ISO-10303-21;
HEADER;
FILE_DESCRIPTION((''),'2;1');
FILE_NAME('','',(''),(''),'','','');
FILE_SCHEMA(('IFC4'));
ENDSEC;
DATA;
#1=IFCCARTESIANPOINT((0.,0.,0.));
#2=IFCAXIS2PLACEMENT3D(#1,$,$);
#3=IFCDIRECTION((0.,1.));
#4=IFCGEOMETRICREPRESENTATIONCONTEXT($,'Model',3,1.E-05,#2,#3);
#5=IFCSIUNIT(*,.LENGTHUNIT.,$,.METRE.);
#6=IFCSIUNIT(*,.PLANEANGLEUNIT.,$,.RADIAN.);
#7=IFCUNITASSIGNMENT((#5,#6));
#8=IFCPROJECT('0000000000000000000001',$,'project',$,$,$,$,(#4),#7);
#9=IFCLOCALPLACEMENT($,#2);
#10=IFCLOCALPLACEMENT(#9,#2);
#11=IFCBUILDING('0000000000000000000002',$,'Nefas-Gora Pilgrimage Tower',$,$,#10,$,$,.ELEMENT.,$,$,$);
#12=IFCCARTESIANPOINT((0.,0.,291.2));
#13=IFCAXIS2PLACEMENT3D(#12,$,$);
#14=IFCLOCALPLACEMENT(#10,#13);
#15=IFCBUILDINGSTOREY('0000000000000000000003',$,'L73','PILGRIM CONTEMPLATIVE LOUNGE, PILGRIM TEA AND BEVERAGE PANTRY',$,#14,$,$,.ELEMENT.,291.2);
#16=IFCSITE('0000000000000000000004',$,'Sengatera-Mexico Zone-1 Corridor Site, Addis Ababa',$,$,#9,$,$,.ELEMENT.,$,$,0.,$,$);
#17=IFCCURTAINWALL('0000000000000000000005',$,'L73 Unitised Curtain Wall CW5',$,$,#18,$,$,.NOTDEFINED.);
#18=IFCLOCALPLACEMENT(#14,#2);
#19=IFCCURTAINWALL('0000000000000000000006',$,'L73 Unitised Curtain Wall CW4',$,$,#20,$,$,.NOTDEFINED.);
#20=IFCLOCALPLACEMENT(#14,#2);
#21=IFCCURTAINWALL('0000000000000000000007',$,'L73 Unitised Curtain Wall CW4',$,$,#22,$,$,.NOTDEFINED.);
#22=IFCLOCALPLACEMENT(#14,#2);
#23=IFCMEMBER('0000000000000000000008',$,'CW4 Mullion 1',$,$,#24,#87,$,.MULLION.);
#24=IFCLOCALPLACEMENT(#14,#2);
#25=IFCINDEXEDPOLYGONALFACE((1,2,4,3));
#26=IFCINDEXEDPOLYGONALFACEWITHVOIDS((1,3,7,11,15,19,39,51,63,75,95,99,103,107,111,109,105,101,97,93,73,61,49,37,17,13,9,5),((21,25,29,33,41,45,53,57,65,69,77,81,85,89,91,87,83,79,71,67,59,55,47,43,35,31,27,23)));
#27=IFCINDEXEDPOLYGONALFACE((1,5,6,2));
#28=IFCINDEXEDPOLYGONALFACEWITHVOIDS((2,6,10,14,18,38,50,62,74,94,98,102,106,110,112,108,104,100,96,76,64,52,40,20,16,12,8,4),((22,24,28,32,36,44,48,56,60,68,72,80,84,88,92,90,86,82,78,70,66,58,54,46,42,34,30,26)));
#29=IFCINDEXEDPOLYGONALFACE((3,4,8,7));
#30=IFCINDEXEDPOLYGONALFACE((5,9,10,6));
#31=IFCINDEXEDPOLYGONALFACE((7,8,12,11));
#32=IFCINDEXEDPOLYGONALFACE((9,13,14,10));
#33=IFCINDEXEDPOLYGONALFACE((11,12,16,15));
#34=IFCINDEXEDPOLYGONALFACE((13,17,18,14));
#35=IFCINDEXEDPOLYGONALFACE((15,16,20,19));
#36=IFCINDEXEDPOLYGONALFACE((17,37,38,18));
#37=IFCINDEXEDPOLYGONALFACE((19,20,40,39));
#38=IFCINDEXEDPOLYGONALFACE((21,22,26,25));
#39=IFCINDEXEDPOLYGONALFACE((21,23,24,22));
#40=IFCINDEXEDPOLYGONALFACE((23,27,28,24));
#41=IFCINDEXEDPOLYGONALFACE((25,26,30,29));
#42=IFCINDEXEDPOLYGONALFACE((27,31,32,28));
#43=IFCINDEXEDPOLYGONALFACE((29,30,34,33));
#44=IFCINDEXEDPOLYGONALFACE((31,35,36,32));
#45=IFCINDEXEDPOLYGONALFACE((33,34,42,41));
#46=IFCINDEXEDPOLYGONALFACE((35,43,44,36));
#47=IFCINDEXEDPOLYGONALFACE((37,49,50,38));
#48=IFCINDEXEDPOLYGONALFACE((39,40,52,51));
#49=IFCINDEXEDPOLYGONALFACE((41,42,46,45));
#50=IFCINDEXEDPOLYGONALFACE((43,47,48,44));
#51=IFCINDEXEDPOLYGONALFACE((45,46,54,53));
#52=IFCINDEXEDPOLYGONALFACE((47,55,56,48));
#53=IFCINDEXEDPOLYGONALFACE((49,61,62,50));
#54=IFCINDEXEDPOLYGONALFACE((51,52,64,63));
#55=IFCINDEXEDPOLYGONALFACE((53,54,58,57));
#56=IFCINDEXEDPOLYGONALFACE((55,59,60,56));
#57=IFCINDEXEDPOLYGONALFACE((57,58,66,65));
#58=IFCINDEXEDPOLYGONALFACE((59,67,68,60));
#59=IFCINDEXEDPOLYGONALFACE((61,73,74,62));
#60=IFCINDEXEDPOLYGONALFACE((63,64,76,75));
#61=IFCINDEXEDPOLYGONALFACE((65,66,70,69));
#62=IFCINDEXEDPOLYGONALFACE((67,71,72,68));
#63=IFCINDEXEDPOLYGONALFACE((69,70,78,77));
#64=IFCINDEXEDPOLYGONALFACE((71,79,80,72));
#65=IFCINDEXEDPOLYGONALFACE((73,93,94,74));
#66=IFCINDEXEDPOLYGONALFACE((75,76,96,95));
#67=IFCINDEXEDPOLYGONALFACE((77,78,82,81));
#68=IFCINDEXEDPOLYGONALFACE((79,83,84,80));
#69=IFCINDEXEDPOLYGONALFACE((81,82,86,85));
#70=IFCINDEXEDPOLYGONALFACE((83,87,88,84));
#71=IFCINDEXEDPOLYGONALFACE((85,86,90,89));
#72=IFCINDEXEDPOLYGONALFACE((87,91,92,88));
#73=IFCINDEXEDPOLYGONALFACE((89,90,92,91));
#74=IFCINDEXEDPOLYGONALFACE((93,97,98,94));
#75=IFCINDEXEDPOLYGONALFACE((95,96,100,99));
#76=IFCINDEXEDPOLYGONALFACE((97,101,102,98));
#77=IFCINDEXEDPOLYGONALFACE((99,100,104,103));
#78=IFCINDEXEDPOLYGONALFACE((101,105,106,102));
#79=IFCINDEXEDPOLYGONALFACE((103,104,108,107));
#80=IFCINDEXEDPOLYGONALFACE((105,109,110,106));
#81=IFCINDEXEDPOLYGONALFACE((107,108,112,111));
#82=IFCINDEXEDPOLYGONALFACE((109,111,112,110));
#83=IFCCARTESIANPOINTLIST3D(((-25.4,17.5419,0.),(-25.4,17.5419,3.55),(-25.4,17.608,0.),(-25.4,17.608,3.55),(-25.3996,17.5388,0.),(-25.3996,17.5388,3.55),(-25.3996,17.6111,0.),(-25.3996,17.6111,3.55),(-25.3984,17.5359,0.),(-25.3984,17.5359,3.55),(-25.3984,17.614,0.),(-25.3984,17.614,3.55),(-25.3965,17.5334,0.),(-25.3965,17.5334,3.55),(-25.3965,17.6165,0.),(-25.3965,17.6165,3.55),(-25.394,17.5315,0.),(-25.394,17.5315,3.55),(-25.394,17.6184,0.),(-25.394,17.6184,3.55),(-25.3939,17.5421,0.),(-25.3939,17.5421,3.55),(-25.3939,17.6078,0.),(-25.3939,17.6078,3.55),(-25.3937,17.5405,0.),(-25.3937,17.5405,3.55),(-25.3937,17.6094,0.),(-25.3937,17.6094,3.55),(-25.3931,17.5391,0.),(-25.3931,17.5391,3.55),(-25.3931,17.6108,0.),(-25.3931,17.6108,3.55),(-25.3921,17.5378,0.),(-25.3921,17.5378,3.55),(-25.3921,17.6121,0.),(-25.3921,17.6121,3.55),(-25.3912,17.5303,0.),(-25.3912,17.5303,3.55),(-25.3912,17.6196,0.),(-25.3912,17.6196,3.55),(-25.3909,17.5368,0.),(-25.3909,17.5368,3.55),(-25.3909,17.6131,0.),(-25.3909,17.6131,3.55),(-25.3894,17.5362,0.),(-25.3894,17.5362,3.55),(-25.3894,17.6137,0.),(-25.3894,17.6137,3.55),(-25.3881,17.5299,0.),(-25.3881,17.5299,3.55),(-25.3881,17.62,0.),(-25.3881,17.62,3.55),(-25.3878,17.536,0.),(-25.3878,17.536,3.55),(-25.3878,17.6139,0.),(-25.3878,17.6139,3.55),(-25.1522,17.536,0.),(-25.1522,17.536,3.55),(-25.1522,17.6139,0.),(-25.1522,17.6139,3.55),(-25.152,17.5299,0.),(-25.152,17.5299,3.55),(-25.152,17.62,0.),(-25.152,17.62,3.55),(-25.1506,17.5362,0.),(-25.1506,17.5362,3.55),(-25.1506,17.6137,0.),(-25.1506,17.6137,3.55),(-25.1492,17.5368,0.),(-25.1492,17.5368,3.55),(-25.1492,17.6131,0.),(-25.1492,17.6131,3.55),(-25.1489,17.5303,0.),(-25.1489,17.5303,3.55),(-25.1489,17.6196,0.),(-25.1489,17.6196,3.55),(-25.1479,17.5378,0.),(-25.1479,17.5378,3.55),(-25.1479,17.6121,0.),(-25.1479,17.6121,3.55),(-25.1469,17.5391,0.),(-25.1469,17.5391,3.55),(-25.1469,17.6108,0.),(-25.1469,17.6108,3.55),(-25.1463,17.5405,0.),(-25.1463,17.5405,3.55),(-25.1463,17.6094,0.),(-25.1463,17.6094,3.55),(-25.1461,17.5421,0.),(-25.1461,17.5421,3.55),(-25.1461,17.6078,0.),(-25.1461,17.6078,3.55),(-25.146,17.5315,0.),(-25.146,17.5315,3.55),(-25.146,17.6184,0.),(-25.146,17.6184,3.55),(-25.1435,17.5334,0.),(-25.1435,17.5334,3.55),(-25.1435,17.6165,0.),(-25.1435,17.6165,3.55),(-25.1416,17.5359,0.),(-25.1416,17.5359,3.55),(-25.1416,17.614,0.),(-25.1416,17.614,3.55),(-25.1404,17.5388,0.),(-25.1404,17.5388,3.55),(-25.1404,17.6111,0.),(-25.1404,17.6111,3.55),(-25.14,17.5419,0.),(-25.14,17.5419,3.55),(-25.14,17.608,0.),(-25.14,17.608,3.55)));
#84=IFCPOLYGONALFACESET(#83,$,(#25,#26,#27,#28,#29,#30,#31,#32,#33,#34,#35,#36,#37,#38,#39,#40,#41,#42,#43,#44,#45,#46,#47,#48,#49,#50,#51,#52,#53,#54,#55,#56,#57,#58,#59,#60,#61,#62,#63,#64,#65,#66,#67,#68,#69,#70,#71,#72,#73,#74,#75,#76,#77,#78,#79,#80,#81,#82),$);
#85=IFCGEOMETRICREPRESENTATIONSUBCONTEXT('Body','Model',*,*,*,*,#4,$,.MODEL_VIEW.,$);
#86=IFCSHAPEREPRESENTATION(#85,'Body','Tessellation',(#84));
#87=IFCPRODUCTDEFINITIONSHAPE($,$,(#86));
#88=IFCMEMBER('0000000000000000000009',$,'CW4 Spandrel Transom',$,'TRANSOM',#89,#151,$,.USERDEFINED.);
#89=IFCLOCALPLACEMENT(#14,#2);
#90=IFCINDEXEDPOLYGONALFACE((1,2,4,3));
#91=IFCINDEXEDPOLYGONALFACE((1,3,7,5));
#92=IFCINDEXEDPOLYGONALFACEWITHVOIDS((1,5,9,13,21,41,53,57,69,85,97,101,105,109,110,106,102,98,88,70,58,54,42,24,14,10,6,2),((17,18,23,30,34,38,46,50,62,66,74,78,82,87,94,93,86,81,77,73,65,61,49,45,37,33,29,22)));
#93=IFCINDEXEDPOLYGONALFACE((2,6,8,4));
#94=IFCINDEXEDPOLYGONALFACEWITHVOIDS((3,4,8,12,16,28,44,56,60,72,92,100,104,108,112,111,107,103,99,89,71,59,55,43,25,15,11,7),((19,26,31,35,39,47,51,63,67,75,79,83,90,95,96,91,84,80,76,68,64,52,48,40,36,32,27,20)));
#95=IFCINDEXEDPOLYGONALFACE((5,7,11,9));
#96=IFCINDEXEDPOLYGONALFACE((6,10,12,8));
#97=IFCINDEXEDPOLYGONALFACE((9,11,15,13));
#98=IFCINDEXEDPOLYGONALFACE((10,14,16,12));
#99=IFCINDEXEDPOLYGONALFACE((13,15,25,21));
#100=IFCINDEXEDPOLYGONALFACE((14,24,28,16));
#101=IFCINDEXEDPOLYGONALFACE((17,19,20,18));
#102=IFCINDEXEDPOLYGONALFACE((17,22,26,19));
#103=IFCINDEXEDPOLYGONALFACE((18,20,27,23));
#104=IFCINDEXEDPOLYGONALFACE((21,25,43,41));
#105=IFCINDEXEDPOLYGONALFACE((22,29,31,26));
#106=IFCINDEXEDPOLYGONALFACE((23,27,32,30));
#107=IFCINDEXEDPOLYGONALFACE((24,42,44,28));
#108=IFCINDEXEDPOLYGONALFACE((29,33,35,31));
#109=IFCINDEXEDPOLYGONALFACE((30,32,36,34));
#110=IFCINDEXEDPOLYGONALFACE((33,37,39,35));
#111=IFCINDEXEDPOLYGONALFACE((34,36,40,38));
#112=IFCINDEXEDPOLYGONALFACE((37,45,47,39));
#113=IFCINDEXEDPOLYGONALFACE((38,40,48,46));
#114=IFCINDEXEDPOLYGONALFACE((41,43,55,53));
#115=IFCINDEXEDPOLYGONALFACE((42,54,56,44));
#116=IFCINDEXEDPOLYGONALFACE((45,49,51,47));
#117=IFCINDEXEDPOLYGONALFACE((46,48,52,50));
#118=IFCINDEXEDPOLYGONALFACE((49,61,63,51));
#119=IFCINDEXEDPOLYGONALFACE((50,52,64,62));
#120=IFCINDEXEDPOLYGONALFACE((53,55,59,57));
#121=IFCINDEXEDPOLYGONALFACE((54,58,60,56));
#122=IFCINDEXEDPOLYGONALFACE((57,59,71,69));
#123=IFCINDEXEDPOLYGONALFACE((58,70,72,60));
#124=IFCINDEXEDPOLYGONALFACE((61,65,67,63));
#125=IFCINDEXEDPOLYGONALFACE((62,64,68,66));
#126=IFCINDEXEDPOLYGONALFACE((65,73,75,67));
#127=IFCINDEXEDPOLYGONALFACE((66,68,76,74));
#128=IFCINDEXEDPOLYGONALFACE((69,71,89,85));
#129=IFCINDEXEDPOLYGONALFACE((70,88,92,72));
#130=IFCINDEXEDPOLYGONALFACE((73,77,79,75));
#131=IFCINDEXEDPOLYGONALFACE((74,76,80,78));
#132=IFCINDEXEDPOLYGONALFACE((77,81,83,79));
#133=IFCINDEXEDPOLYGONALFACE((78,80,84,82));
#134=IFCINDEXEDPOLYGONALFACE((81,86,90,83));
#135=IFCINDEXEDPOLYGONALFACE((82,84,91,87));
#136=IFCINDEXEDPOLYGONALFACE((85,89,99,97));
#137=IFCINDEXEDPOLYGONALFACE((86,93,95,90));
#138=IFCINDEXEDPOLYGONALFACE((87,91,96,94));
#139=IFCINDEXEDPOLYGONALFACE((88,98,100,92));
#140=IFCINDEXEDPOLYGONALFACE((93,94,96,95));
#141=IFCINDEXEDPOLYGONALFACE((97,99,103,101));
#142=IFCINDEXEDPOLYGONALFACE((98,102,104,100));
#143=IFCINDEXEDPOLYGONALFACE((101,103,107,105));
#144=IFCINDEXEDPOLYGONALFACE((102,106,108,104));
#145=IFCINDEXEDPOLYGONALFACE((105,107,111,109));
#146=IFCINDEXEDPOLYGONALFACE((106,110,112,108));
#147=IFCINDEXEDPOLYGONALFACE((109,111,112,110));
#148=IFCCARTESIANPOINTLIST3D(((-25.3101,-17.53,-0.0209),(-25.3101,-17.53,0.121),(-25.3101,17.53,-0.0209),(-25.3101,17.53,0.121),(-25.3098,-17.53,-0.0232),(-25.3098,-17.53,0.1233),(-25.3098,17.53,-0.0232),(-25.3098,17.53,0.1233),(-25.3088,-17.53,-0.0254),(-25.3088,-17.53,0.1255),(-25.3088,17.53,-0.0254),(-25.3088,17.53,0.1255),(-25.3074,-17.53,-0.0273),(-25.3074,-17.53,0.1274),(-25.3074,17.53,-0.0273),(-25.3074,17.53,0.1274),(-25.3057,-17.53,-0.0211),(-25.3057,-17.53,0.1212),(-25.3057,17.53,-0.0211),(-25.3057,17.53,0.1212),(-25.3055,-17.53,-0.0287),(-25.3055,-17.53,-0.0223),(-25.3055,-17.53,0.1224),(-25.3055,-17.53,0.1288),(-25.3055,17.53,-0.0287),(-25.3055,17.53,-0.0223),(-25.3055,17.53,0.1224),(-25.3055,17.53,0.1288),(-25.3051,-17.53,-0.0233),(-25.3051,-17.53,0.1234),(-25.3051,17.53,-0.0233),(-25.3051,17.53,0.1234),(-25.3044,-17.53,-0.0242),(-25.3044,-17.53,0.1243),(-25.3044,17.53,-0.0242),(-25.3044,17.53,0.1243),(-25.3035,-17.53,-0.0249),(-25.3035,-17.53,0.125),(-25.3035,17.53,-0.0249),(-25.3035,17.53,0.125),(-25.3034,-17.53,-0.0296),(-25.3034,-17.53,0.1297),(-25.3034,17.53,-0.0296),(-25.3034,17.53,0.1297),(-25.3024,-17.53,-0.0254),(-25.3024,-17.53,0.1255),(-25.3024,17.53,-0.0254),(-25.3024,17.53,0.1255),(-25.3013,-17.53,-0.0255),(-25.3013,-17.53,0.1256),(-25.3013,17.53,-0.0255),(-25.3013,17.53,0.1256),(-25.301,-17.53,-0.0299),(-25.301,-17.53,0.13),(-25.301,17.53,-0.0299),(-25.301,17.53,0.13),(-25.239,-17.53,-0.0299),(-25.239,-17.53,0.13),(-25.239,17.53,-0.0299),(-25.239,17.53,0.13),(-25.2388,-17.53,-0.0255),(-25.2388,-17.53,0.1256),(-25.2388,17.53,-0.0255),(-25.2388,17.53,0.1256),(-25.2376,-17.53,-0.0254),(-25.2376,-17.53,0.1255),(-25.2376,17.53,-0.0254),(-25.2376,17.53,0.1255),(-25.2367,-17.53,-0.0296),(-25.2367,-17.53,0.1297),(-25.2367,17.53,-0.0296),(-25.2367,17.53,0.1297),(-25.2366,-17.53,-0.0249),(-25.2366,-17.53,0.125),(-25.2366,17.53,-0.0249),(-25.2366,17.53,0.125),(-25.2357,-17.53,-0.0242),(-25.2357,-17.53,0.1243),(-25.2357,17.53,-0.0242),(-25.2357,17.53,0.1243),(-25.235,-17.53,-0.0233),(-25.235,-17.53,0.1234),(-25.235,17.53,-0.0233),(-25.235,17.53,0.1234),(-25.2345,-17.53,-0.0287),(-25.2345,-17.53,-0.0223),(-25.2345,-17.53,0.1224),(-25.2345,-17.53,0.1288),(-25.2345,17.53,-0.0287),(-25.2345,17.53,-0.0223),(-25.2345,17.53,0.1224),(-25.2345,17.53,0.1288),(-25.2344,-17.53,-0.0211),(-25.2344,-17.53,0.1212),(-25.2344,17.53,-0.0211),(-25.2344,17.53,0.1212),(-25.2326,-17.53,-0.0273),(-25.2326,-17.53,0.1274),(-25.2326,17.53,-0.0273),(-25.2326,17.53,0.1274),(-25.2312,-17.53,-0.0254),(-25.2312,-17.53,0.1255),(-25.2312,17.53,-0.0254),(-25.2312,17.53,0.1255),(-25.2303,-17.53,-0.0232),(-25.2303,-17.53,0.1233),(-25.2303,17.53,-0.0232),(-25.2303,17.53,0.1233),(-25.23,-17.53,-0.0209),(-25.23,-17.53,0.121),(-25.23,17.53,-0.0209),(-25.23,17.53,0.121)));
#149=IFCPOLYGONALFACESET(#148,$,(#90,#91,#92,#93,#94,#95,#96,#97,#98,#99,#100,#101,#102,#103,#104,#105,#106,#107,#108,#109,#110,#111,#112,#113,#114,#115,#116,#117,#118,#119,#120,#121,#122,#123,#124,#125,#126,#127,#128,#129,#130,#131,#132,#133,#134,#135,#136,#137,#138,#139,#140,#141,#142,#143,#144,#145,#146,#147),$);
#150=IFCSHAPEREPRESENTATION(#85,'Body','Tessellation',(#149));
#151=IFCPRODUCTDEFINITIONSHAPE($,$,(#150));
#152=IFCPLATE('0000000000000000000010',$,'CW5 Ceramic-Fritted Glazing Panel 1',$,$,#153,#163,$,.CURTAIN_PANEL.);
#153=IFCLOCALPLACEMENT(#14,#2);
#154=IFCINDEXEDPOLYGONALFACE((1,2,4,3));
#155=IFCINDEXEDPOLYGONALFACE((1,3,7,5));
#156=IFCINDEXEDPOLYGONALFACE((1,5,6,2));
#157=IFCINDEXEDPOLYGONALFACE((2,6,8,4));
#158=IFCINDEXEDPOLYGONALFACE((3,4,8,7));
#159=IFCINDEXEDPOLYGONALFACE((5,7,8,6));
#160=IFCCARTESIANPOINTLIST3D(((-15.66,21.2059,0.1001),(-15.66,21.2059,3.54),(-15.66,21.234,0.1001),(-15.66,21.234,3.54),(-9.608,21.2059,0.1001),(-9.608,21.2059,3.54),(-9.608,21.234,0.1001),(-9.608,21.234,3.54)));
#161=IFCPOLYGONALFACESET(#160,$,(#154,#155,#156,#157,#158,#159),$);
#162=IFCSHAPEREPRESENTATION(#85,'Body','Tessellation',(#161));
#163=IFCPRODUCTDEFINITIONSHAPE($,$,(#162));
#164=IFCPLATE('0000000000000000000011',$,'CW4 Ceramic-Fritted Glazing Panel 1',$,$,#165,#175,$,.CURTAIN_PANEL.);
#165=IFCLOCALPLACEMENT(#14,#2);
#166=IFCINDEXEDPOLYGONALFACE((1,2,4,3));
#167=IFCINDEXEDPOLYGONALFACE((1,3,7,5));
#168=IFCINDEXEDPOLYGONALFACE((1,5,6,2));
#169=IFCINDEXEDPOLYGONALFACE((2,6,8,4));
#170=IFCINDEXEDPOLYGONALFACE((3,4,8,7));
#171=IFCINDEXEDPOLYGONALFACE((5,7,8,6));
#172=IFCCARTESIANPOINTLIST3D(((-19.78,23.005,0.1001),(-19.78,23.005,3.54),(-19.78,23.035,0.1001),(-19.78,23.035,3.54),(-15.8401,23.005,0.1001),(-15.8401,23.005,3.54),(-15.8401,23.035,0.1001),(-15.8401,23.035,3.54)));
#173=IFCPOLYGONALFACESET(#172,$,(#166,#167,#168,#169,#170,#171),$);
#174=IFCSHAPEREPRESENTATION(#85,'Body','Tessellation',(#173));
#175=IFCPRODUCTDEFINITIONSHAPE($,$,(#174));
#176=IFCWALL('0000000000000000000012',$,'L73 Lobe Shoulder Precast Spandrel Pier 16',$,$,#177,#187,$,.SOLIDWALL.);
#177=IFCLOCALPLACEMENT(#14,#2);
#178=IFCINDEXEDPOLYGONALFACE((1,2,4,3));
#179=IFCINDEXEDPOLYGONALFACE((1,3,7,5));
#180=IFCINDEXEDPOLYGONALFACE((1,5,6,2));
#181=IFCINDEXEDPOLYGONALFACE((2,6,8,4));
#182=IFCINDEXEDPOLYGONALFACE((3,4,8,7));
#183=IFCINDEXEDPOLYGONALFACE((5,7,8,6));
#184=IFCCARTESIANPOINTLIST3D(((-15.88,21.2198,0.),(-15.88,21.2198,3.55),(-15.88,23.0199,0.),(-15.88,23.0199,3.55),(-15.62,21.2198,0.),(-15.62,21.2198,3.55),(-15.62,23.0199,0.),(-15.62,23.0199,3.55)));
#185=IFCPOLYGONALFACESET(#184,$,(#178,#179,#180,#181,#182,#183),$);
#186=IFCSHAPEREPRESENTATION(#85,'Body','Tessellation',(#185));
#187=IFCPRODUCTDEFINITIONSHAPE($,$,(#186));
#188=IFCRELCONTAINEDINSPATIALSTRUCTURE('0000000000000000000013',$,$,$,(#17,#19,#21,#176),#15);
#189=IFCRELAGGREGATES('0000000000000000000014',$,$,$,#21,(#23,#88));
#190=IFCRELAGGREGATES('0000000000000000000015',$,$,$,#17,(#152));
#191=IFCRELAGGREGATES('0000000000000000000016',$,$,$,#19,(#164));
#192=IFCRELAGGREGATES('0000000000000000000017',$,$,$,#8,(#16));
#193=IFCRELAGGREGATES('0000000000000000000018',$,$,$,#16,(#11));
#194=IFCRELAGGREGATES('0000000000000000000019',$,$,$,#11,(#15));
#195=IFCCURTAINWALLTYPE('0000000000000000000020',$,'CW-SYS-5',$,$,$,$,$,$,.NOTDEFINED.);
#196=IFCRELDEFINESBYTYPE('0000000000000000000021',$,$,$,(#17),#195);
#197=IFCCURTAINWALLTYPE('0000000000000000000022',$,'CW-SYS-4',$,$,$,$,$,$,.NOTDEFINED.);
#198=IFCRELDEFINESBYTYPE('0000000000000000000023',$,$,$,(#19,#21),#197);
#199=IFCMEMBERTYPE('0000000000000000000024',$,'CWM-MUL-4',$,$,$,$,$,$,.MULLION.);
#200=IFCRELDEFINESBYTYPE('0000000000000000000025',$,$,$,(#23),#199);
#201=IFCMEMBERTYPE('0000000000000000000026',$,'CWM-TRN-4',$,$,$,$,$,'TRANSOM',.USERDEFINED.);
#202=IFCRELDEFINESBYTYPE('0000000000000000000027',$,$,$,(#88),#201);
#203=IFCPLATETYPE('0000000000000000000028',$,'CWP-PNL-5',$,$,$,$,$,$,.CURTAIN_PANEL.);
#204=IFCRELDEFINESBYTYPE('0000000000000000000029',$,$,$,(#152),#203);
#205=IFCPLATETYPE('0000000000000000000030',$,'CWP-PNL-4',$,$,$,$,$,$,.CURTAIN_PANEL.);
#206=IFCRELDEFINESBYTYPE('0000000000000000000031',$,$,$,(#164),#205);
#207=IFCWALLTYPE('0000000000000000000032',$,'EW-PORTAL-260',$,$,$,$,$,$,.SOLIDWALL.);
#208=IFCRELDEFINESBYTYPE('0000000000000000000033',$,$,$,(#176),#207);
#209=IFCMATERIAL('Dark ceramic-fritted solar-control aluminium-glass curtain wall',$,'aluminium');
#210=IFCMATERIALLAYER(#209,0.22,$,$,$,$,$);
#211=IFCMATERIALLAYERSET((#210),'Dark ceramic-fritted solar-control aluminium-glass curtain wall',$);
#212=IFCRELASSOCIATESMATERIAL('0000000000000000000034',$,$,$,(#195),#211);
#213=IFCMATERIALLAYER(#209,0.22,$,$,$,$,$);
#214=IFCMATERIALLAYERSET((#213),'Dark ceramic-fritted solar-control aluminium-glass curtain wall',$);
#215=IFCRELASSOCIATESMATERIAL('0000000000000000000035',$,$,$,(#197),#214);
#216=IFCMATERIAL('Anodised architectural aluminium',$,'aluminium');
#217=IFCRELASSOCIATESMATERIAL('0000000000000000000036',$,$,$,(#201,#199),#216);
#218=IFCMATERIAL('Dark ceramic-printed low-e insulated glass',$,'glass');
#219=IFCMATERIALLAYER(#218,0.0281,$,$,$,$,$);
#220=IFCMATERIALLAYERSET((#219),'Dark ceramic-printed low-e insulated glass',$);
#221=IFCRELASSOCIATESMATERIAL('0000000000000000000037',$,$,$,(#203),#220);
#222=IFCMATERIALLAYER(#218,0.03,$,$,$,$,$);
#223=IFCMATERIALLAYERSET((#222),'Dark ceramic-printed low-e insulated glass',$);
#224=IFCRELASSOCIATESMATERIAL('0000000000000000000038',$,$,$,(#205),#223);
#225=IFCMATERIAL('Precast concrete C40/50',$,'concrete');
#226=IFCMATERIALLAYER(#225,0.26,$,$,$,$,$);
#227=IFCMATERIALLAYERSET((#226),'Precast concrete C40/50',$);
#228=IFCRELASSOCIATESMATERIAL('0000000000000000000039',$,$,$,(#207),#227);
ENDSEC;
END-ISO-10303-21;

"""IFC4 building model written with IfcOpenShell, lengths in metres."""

from ifc_helpers import new_model, si_unit, direction, frame, frame_2d, origin, origin_2d, place, context, subcontext, project, spatial, rectangle, hollow_rectangle, extrude, source, transform, mapped, material, layer, layer_set, material_profile, profile_set, type_object, element, aggregate, save


model = new_model("IFC4")

# Units and contexts
model_context = context("Model", 3, precision=1e-05, world=origin(), true_north=direction((0.0, 1.0)))
body_context = subcontext(model_context, "Body", "Model", "MODEL_VIEW")
ifc_project = project(units=[si_unit("LENGTHUNIT", "METRE"), si_unit("PLANEANGLEUNIT", "RADIAN")], contexts=[model_context])

# Site, building, storey
site_placement = place(None, origin())
site = spatial("IfcSite", under=ifc_project, at=site_placement, Name="Sengatera-Mexico Zone-1 Corridor Site, Addis Ababa", CompositionType="ELEMENT", RefElevation=0.0)
building_placement = place(site_placement, origin())
building = spatial("IfcBuilding", under=site, at=building_placement, Name="Nefas-Gora Pilgrimage Tower", CompositionType="ELEMENT")
storey_placement = place(building_placement, frame((0.0, 0.0, 291.2)))
storey = spatial("IfcBuildingStorey", under=building, at=storey_placement, Name="L73", Description="PILGRIM CONTEMPLATIVE LOUNGE, PILGRIM TEA AND BEVERAGE PANTRY", CompositionType="ELEMENT", Elevation=291.2)

# Curtain wall
ifc_material_1 = material(Name="Dark ceramic-fritted solar-control aluminium-glass curtain wall", Category="aluminium")
ifc_layer_1 = layer(ifc_material_1, 0.22)
ifc_layer_set_1 = layer_set([ifc_layer_1], Name="Dark ceramic-fritted solar-control aluminium-glass curtain wall")
curtain_wall_type_1 = type_object("IfcCurtainWallType", Name="CW-SYS-5", PredefinedType="NOTDEFINED", material=ifc_layer_set_1)
curtain_wall_1_placement = place(storey_placement, origin())
curtain_wall_1 = element("IfcCurtainWall", 1, at=curtain_wall_1_placement, inside=storey, type_object=curtain_wall_type_1, Name="L73 Unitised Curtain Wall CW5", PredefinedType="NOTDEFINED")
ifc_material_2 = material(Name="Anodised architectural aluminium", Category="aluminium")

# Curtain walls, members
ifc_layer_2 = layer(ifc_material_1, 0.22)
ifc_layer_set_2 = layer_set([ifc_layer_2], Name="Dark ceramic-fritted solar-control aluminium-glass curtain wall")
curtain_wall_type_2 = type_object("IfcCurtainWallType", Name="CW-SYS-4", PredefinedType="NOTDEFINED", material=ifc_layer_set_2)
curtain_wall_2_placement = place(storey_placement, origin())
curtain_wall_2 = element("IfcCurtainWall", 2, at=curtain_wall_2_placement, inside=storey, type_object=curtain_wall_type_2, Name="L73 Unitised Curtain Wall CW4", PredefinedType="NOTDEFINED")
ifc_material_profile_1 = material_profile(ifc_material_2, hollow_rectangle(XDim=0.0801, YDim=0.1599, WallThickness=0.0044, InnerFilletRadius=0.0044, OuterFilletRadius=0.009, at=origin_2d()), Name="ALU TRANSOM 80x160")
ifc_profile_set_1 = profile_set([ifc_material_profile_1], Name="Anodised architectural aluminium")
member_type_1 = type_object("IfcMemberType", Name="CWM-TRN-4", ElementType="TRANSOM", PredefinedType="USERDEFINED", material=ifc_profile_set_1)
ifc_material_profile_2 = material_profile(ifc_material_2, hollow_rectangle(XDim=0.0901, YDim=0.26, WallThickness=0.0061, InnerFilletRadius=0.0061, OuterFilletRadius=0.012, at=origin_2d()), Name="ALU MULLION 90x260")
ifc_profile_set_2 = profile_set([ifc_material_profile_2], Name="Anodised architectural aluminium")
member_type_2 = type_object("IfcMemberType", Name="CWM-MUL-4", PredefinedType="MULLION", material=ifc_profile_set_2)
shared_shape_1 = source(origin(), body_context, "Body", "SweptSolid", [
    extrude(hollow_rectangle(XDim=0.0901, YDim=0.26, WallThickness=0.0061, InnerFilletRadius=0.0061, OuterFilletRadius=0.012, at=origin_2d()), origin(), (0.0, 0.0, 1.0), 3.55),
])
curtain_wall_3_placement = place(storey_placement, origin())
curtain_wall_3 = element("IfcCurtainWall", 3, at=curtain_wall_3_placement, inside=storey, type_object=curtain_wall_type_2, Name="L73 Unitised Curtain Wall CW4", PredefinedType="NOTDEFINED")
member_1_placement = place(storey_placement, frame((-25.27, 17.575, 0.0), z_axis=(0.0, 0.0, 1.0), x_axis=(0.0, -1.0, 0.0)))
member_1 = element("IfcMember", 4, at=member_1_placement, type_object=member_type_2, Name="CW4 Mullion 1", PredefinedType="MULLION", context=body_context, shape_type="MappedRepresentation", body=[
    mapped(shared_shape_1, transform((0.0, 0.0, 0.0), x_axis=(1.0, 0.0, 0.0), y_axis=(0.0, 1.0, 0.0), z_axis=(0.0, 0.0, 1.0), scale=1.0)),
])
shared_shape_2 = source(origin(), body_context, "Body", "SweptSolid", [
    extrude(hollow_rectangle(XDim=0.0801, YDim=0.1599, WallThickness=0.0044, InnerFilletRadius=0.0044, OuterFilletRadius=0.009, at=origin_2d()), origin(), (0.0, 0.0, 1.0), 35.0601),
])
member_2_placement = place(storey_placement, frame((-25.27, 17.53, 0.05), z_axis=(0.0, -1.0, 0.0), x_axis=(1.0, 0.0, 0.0)))
member_2 = element("IfcMember", 5, at=member_2_placement, type_object=member_type_1, Name="CW4 Spandrel Transom", ObjectType="TRANSOM", PredefinedType="USERDEFINED", context=body_context, shape_type="MappedRepresentation", body=[
    mapped(shared_shape_2, transform((0.0, 0.0, 0.0), x_axis=(1.0, 0.0, 0.0), y_axis=(0.0, 1.0, 0.0), z_axis=(0.0, 0.0, 1.0), scale=1.0)),
])
aggregate(curtain_wall_3, [member_1, member_2])

# Plates
ifc_material_3 = material(Name="Dark ceramic-printed low-e insulated glass", Category="glass")
ifc_layer_3 = layer(ifc_material_3, 0.0281)
ifc_layer_set_3 = layer_set([ifc_layer_3], Name="Dark ceramic-printed low-e insulated glass")
plate_type_1 = type_object("IfcPlateType", Name="CWP-PNL-5", PredefinedType="CURTAIN_PANEL", material=ifc_layer_set_3)
shared_shape_3 = source(origin(), body_context, "Body", "SweptSolid", [
    extrude(rectangle(XDim=6.052, YDim=0.0281, at=origin_2d()), origin(), (0.0, 0.0, 1.0), 3.4399),
])
plate_1_placement = place(storey_placement, frame((-12.634, 21.22, 0.1001), z_axis=(0.0, 0.0, 1.0), x_axis=(-1.0, 0.0, 0.0)))
plate_1 = element("IfcPlate", 6, at=plate_1_placement, type_object=plate_type_1, Name="CW5 Ceramic-Fritted Glazing Panel 1", PredefinedType="CURTAIN_PANEL", context=body_context, shape_type="MappedRepresentation", body=[
    mapped(shared_shape_3, transform((0.0, 0.0, 0.0), x_axis=(1.0, 0.0, 0.0), y_axis=(0.0, 1.0, 0.0), z_axis=(0.0, 0.0, 1.0), scale=1.0)),
])
aggregate(curtain_wall_1, [plate_1])
ifc_layer_4 = layer(ifc_material_3, 0.03)
ifc_layer_set_4 = layer_set([ifc_layer_4], Name="Dark ceramic-printed low-e insulated glass")
plate_type_2 = type_object("IfcPlateType", Name="CWP-PNL-4", PredefinedType="CURTAIN_PANEL", material=ifc_layer_set_4)
shared_shape_4 = source(origin(), body_context, "Body", "SweptSolid", [
    extrude(rectangle(XDim=3.9399, YDim=0.03, at=origin_2d()), origin(), (0.0, 0.0, 1.0), 3.4399),
])
plate_2_placement = place(storey_placement, frame((-17.8101, 23.02, 0.1001), z_axis=(0.0, 0.0, 1.0), x_axis=(-1.0, 0.0, 0.0)))
plate_2 = element("IfcPlate", 7, at=plate_2_placement, type_object=plate_type_2, Name="CW4 Ceramic-Fritted Glazing Panel 1", PredefinedType="CURTAIN_PANEL", context=body_context, shape_type="MappedRepresentation", body=[
    mapped(shared_shape_4, transform((0.0, 0.0, 0.0), x_axis=(1.0, 0.0, 0.0), y_axis=(0.0, 1.0, 0.0), z_axis=(0.0, 0.0, 1.0), scale=1.0)),
])
aggregate(curtain_wall_2, [plate_2])

# Wall
ifc_material_4 = material(Name="Precast concrete C40/50", Category="concrete")
ifc_layer_5 = layer(ifc_material_4, 0.26)
ifc_layer_set_5 = layer_set([ifc_layer_5], Name="Precast concrete C40/50")
wall_type_1 = type_object("IfcWallType", Name="EW-PORTAL-260", PredefinedType="SOLIDWALL", material=ifc_layer_set_5)
shared_shape_5 = source(origin(), body_context, "Body", "SweptSolid", [
    extrude(rectangle(XDim=1.8, YDim=0.26, at=frame_2d((0.8999, 0.0))), origin(), (0.0, 0.0, 1.0), 3.55),
])
wall_1_placement = place(storey_placement, frame((-15.75, 21.22, 0.0), z_axis=(0.0, 0.0, 1.0), x_axis=(0.0, 1.0, 0.0)))
element("IfcWall", 8, at=wall_1_placement, inside=storey, type_object=wall_type_1, Name="L73 Lobe Shoulder Precast Spandrel Pier 16", PredefinedType="SOLIDWALL", context=body_context, shape_type="MappedRepresentation", body=[
    mapped(shared_shape_5, transform((0.0, 0.0, 0.0), x_axis=(1.0, 0.0, 0.0), y_axis=(0.0, 1.0, 0.0), z_axis=(0.0, 0.0, 1.0), scale=1.0)),
])

save(model, "model.ifc")
